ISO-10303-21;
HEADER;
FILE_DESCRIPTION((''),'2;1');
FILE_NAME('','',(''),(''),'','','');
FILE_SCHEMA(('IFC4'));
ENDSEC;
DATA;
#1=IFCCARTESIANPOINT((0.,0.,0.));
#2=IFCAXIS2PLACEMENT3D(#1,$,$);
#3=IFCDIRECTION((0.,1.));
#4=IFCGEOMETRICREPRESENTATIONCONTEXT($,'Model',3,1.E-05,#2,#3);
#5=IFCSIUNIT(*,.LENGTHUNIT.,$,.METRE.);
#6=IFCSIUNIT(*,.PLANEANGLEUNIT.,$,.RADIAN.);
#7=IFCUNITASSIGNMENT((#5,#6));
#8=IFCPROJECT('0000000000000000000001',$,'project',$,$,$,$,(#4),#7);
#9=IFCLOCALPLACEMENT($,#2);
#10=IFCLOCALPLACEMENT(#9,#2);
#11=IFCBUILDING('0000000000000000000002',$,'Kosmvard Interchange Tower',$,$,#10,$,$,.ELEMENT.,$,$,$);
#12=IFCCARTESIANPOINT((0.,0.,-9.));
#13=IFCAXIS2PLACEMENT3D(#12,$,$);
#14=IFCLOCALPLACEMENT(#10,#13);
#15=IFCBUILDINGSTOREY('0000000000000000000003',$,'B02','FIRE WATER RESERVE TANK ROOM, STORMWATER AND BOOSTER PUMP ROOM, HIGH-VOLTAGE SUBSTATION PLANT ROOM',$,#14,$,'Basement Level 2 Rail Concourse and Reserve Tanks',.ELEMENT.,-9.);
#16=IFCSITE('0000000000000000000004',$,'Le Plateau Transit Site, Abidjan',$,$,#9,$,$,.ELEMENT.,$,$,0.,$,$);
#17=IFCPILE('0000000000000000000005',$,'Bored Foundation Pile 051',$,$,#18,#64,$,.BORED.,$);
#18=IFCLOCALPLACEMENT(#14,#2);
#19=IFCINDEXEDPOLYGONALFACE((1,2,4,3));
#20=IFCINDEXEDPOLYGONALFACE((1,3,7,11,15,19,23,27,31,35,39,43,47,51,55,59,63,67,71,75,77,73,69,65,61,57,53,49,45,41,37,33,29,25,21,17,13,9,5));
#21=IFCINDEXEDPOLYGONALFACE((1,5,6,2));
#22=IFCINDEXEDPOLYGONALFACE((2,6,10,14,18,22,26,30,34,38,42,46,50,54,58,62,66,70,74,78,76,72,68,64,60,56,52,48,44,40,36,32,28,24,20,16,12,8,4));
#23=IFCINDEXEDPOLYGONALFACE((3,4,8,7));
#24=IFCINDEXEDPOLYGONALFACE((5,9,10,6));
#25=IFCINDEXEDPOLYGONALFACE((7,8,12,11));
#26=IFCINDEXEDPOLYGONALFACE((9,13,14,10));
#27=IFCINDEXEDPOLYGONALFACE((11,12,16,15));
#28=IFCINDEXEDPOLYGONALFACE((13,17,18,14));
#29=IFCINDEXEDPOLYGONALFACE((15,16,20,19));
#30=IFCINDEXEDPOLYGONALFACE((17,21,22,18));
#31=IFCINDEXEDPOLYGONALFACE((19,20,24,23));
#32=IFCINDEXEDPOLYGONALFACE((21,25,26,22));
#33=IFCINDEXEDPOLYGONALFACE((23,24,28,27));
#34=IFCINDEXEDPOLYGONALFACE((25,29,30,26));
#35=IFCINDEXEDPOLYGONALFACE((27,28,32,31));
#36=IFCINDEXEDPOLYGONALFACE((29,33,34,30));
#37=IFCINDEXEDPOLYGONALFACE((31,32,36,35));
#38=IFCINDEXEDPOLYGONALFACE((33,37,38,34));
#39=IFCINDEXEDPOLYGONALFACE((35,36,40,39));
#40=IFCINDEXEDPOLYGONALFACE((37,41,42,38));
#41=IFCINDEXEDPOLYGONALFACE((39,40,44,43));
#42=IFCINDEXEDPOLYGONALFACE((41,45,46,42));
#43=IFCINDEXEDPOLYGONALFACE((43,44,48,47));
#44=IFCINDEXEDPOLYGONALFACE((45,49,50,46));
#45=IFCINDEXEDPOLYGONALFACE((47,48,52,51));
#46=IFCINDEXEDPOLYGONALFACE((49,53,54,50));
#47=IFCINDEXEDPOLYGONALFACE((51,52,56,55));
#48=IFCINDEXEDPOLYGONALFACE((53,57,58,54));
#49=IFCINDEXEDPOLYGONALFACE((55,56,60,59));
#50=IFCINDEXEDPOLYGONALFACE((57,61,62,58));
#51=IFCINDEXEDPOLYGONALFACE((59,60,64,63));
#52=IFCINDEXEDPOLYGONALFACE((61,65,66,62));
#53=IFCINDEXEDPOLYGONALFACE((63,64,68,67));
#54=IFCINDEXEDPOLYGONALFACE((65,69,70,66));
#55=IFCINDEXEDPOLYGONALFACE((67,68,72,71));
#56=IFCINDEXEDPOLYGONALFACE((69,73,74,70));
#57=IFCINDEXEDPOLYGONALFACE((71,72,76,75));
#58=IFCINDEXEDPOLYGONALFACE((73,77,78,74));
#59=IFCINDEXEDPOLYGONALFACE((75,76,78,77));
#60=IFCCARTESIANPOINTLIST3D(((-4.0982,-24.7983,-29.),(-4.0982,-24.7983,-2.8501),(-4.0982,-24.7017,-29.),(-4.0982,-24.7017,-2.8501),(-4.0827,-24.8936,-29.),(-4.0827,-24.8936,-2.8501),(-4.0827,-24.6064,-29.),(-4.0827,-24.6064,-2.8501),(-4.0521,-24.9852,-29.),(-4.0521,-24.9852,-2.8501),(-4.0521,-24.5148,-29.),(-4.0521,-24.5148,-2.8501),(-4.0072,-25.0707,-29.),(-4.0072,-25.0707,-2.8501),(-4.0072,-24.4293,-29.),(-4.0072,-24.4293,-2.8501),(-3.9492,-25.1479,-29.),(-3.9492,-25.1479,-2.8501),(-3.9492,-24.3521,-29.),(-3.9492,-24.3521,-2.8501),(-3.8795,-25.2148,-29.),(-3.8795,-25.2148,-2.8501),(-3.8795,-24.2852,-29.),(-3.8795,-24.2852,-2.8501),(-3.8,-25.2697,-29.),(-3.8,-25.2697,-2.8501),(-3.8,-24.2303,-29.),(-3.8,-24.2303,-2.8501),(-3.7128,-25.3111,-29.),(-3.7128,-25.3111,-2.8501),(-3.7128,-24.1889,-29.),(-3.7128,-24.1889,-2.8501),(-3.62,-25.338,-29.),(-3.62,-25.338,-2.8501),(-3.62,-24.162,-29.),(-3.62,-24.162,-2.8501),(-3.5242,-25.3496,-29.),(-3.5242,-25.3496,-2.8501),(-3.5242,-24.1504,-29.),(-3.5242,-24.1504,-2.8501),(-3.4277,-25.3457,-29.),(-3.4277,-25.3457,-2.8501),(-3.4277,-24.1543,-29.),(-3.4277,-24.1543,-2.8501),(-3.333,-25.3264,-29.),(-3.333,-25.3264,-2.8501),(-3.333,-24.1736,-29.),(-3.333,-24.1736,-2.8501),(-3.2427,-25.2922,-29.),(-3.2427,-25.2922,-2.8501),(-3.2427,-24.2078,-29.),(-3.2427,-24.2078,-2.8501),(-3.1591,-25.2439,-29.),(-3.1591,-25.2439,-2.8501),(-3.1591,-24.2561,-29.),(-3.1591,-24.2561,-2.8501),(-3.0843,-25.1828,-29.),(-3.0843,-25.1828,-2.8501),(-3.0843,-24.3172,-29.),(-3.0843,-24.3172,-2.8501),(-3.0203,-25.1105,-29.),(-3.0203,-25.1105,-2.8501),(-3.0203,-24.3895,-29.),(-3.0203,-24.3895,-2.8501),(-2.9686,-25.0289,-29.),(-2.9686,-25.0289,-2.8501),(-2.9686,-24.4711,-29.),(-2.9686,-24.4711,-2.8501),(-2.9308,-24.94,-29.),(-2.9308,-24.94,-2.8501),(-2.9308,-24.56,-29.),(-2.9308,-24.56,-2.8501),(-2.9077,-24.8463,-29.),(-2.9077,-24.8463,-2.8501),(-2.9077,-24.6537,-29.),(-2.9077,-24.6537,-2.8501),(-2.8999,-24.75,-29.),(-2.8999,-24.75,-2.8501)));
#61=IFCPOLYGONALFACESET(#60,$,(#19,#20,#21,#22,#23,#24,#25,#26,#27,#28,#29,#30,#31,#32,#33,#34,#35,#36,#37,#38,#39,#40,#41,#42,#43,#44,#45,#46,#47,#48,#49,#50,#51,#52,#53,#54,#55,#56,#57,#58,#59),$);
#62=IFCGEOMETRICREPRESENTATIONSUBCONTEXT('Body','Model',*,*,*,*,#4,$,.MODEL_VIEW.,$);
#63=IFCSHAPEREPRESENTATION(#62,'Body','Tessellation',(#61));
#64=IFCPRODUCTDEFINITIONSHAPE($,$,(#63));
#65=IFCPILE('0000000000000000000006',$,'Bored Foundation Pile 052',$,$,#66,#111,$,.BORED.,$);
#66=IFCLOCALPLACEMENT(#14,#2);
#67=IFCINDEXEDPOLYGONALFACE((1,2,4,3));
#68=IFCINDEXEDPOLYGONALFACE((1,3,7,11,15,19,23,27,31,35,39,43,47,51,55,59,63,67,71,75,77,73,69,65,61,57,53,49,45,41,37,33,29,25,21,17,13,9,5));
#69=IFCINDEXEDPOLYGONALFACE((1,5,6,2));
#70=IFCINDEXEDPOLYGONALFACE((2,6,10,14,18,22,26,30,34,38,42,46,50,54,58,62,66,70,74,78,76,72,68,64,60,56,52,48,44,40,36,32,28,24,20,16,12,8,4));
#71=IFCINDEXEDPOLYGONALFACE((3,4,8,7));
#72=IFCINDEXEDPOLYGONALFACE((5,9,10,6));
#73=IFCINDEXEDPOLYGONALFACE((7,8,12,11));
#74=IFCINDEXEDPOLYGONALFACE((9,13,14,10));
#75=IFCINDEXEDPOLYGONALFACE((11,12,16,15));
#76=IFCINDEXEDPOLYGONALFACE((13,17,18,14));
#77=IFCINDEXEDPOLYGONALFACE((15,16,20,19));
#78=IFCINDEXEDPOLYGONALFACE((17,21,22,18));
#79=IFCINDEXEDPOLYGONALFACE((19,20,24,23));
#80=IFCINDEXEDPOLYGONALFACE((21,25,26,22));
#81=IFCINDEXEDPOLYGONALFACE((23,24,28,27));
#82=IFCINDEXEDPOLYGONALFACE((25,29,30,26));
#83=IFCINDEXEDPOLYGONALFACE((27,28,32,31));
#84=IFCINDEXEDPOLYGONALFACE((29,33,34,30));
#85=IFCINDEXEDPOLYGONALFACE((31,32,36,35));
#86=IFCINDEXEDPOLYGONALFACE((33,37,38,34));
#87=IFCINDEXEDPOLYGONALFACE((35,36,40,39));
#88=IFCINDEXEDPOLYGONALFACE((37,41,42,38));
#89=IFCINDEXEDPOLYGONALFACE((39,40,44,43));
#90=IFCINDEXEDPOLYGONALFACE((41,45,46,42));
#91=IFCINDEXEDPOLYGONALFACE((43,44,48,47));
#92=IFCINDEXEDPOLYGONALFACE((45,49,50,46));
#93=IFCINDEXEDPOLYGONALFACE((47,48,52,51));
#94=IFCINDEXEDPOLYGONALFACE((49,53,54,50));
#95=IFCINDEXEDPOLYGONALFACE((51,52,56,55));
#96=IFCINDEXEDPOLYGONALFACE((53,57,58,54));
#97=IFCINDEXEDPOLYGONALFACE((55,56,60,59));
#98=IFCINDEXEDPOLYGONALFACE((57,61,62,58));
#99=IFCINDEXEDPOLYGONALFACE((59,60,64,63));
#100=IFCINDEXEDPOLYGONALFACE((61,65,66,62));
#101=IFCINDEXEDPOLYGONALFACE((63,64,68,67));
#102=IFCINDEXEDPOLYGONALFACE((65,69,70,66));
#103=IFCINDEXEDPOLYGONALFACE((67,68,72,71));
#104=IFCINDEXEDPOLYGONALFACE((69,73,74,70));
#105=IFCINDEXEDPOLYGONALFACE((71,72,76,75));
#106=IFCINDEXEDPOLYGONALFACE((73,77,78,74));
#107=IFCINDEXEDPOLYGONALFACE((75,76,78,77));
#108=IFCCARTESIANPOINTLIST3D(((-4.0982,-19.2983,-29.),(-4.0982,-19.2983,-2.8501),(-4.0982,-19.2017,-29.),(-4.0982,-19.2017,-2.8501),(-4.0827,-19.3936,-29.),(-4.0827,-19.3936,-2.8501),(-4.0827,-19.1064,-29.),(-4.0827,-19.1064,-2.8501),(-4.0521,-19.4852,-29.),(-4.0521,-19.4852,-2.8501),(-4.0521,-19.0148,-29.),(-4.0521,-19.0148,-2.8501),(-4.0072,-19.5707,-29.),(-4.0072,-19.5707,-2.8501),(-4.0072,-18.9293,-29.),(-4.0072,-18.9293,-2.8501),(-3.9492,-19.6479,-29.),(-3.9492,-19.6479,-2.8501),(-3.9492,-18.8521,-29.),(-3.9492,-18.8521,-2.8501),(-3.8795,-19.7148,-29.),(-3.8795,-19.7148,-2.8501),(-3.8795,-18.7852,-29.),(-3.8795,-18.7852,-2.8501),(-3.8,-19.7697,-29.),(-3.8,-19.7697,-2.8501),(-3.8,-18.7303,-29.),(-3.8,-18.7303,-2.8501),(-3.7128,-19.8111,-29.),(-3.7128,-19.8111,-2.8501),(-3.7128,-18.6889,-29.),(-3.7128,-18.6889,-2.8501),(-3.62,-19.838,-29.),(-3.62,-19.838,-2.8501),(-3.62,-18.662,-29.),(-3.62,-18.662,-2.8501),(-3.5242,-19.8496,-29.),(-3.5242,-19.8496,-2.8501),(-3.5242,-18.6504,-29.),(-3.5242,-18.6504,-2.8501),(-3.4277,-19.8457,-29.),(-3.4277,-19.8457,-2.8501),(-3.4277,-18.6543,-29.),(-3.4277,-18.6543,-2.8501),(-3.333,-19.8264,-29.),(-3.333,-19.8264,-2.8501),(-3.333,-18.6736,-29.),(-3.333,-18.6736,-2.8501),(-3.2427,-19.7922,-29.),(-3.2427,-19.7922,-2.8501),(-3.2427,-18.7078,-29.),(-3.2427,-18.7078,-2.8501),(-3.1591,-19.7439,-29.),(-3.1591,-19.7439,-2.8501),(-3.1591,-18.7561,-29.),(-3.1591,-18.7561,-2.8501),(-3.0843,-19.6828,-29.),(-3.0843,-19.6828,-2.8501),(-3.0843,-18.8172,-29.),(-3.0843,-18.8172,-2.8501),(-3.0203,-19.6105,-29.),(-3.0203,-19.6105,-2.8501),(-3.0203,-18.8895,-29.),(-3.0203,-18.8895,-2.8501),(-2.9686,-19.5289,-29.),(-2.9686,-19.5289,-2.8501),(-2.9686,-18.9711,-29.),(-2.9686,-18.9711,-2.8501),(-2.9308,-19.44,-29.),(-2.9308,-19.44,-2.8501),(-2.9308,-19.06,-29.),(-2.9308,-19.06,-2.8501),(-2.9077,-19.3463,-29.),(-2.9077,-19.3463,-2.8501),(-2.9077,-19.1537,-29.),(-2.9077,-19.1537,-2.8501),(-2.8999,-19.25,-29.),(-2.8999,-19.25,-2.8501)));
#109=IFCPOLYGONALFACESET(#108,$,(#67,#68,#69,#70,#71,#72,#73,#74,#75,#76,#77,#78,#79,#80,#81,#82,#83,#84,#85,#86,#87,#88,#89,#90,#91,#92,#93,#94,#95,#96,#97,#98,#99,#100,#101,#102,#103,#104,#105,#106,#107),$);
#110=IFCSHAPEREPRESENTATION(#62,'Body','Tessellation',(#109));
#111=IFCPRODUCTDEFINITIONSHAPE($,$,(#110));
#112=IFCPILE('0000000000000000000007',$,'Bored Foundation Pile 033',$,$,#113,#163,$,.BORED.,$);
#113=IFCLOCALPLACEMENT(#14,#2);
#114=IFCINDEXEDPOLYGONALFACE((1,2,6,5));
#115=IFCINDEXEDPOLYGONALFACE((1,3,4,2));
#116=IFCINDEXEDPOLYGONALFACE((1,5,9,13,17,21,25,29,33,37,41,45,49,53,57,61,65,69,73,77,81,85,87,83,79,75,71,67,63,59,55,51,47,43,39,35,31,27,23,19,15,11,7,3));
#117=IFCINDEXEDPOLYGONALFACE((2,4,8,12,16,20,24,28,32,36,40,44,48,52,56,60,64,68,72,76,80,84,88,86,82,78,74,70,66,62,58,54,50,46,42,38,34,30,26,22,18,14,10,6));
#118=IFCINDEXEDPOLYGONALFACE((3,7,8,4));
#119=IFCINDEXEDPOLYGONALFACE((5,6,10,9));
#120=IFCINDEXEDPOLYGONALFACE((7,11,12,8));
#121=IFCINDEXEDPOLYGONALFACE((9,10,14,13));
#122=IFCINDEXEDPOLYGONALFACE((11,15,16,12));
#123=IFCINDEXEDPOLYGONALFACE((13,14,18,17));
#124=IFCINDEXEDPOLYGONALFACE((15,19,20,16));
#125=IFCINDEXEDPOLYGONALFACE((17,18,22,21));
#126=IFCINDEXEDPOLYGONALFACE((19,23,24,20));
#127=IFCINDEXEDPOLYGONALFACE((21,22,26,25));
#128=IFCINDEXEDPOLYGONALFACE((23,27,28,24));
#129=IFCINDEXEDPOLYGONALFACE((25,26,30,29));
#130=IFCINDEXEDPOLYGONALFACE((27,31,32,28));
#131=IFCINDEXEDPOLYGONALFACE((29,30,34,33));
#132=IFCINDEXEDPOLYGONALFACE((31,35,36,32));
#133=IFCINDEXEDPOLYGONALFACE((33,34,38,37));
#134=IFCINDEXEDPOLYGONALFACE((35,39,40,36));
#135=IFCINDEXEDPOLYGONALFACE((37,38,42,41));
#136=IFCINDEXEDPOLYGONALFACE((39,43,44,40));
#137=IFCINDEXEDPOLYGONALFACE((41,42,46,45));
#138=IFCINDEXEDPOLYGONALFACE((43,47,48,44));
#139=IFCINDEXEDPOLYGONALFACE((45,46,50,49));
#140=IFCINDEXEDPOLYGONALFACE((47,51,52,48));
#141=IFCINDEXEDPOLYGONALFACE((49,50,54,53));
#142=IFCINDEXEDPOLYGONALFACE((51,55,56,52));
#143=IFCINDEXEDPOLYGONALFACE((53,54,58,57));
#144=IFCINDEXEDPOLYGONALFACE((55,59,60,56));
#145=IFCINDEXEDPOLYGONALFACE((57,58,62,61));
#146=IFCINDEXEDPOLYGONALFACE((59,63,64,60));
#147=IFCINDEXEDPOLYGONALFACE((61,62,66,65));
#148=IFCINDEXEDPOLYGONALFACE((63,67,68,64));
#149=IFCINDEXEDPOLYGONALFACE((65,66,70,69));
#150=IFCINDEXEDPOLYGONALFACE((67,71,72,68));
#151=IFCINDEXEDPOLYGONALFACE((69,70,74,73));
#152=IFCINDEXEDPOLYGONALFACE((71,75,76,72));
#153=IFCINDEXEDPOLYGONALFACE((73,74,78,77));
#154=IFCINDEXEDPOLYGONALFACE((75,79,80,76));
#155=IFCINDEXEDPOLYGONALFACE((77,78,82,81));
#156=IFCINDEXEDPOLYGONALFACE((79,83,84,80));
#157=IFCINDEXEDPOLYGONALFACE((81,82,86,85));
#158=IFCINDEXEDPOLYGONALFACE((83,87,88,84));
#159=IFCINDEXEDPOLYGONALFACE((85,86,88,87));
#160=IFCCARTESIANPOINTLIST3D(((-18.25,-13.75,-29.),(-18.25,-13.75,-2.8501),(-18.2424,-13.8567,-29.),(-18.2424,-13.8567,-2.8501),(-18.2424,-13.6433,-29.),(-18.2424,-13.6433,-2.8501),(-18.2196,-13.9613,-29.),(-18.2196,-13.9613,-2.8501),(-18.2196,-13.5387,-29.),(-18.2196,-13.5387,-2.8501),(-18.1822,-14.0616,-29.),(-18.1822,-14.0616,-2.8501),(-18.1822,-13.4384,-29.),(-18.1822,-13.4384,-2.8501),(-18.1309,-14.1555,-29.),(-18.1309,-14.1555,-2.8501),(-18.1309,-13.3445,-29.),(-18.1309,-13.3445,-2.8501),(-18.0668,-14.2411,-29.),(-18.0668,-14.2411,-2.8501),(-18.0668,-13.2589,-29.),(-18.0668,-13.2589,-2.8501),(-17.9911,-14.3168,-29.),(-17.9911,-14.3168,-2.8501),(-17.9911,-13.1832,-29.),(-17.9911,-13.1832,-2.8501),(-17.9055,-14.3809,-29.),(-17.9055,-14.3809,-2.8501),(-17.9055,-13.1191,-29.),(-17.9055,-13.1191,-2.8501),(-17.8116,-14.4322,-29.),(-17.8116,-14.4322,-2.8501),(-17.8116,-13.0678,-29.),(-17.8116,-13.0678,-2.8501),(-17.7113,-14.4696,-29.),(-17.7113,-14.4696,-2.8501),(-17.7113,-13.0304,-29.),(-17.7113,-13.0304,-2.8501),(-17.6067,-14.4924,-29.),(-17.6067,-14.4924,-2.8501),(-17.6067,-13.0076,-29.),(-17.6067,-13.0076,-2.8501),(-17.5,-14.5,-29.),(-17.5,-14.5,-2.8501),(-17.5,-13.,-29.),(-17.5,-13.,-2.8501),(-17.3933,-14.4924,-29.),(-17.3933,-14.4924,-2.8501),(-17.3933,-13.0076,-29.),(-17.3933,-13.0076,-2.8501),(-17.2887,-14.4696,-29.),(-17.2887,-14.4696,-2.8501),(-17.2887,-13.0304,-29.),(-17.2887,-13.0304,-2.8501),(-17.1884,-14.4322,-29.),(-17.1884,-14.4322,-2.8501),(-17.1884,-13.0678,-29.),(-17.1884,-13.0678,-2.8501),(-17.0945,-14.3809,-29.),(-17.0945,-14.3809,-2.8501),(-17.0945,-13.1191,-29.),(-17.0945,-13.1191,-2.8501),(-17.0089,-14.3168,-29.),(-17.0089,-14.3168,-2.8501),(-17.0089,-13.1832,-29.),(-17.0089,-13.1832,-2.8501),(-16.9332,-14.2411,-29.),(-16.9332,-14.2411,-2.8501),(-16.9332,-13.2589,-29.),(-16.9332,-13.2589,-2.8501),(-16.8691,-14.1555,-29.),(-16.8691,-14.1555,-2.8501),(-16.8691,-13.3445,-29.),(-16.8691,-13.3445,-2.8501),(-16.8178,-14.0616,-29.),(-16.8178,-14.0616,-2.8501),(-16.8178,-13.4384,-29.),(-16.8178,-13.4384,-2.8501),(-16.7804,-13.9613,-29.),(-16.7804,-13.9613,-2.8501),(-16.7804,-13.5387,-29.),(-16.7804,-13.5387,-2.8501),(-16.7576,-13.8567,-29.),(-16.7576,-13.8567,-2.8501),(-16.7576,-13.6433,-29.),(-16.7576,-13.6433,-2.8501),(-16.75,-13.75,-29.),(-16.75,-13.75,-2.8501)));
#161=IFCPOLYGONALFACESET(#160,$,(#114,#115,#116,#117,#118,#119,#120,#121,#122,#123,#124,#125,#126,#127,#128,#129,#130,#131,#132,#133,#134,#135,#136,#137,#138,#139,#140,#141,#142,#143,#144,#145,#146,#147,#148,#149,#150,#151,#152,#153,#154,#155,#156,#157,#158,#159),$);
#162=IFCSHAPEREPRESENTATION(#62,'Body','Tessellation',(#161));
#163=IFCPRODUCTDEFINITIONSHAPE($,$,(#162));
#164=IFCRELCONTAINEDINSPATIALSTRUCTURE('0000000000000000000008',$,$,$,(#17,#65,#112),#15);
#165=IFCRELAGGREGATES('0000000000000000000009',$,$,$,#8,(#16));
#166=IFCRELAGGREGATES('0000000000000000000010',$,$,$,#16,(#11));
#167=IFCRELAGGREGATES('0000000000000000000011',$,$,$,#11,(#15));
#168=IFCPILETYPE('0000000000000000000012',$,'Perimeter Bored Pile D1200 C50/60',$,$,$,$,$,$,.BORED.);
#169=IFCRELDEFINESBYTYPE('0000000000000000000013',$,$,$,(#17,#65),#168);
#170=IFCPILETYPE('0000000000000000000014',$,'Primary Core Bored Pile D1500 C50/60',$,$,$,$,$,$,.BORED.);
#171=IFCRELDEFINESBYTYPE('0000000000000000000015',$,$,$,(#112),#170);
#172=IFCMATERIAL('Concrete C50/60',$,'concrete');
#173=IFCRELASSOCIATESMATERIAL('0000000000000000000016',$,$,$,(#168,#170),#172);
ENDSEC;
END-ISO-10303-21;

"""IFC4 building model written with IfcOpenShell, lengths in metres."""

from ifc_helpers import new_model, si_unit, direction, frame, origin, origin_2d, place, context, subcontext, project, spatial, circle, extrude, source, transform, mapped, material, material_profile, profile_set, type_object, element, save


model = new_model("IFC4")

# Units and contexts
model_context = context("Model", 3, precision=1e-05, world=origin(), true_north=direction((0.0, 1.0)))
body_context = subcontext(model_context, "Body", "Model", "MODEL_VIEW")
ifc_project = project(units=[si_unit("LENGTHUNIT", "METRE"), si_unit("PLANEANGLEUNIT", "RADIAN")], contexts=[model_context])

# Site, building, storey
site_placement = place(None, origin())
site = spatial("IfcSite", under=ifc_project, at=site_placement, Name="Le Plateau Transit Site, Abidjan", CompositionType="ELEMENT", RefElevation=0.0)
building_placement = place(site_placement, origin())
building = spatial("IfcBuilding", under=site, at=building_placement, Name="Kosmvard Interchange Tower", CompositionType="ELEMENT")
storey_placement = place(building_placement, frame((0.0, 0.0, -9.0)))
storey = spatial("IfcBuildingStorey", under=building, at=storey_placement, Name="B02", Description="FIRE WATER RESERVE TANK ROOM, STORMWATER AND BOOSTER PUMP ROOM, HIGH-VOLTAGE SUBSTATION PLANT ROOM", LongName="Basement Level 2 Rail Concourse and Reserve Tanks", CompositionType="ELEMENT", Elevation=-9.0)

# Piles
ifc_material_1 = material(Name="Concrete C50/60", Category="concrete")
ifc_material_profile_1 = material_profile(ifc_material_1, circle(Radius=0.6001, at=origin_2d()), Name="PILE D1200")
ifc_profile_set_1 = profile_set([ifc_material_profile_1], Name="Concrete C50/60")
pile_type_1 = type_object("IfcPileType", Name="Perimeter Bored Pile D1200 C50/60", PredefinedType="BORED", material=ifc_profile_set_1)
shared_shape_1 = source(origin(), body_context, "Body", "SweptSolid", [
    extrude(circle(Radius=0.6001, at=origin_2d()), origin(), (0.0, 0.0, 1.0), 26.1499),
])
for number, where, z_axis, x_axis, name in (
    (1, (-3.5, -24.75, -2.8501), (0.0, 0.0, -1.0), (1.0, 0.0, 0.0), "Bored Foundation Pile 051"),
    (2, (-3.5, -19.25, -2.8501), (0.0, 0.0, -1.0), (1.0, 0.0, 0.0), "Bored Foundation Pile 052"),
):
    element("IfcPile", number, at=place(storey_placement, frame(where, z_axis=z_axis, x_axis=x_axis)), inside=storey, type_object=pile_type_1, Name=name, PredefinedType="BORED", context=body_context, shape_type="MappedRepresentation", body=[
        mapped(shared_shape_1, transform((0.0, 0.0, 0.0), scale=1.0)),
    ])
ifc_material_profile_2 = material_profile(ifc_material_1, circle(Radius=0.75, at=origin_2d()), Name="PILE D1500")
ifc_profile_set_2 = profile_set([ifc_material_profile_2], Name="Concrete C50/60")
pile_type_2 = type_object("IfcPileType", Name="Primary Core Bored Pile D1500 C50/60", PredefinedType="BORED", material=ifc_profile_set_2)
shared_shape_2 = source(origin(), body_context, "Body", "SweptSolid", [
    extrude(circle(Radius=0.75, at=origin_2d()), origin(), (0.0, 0.0, 1.0), 26.1499),
])
for number, where, z_axis, x_axis, name in (
    (3, (-17.5, -13.75, -2.8501), (0.0, 0.0, -1.0), (1.0, 0.0, 0.0), "Bored Foundation Pile 033"),
):
    element("IfcPile", number, at=place(storey_placement, frame(where, z_axis=z_axis, x_axis=x_axis)), inside=storey, type_object=pile_type_2, Name=name, PredefinedType="BORED", context=body_context, shape_type="MappedRepresentation", body=[
        mapped(shared_shape_2, transform((0.0, 0.0, 0.0), scale=1.0)),
    ])

save(model, "model.ifc")
